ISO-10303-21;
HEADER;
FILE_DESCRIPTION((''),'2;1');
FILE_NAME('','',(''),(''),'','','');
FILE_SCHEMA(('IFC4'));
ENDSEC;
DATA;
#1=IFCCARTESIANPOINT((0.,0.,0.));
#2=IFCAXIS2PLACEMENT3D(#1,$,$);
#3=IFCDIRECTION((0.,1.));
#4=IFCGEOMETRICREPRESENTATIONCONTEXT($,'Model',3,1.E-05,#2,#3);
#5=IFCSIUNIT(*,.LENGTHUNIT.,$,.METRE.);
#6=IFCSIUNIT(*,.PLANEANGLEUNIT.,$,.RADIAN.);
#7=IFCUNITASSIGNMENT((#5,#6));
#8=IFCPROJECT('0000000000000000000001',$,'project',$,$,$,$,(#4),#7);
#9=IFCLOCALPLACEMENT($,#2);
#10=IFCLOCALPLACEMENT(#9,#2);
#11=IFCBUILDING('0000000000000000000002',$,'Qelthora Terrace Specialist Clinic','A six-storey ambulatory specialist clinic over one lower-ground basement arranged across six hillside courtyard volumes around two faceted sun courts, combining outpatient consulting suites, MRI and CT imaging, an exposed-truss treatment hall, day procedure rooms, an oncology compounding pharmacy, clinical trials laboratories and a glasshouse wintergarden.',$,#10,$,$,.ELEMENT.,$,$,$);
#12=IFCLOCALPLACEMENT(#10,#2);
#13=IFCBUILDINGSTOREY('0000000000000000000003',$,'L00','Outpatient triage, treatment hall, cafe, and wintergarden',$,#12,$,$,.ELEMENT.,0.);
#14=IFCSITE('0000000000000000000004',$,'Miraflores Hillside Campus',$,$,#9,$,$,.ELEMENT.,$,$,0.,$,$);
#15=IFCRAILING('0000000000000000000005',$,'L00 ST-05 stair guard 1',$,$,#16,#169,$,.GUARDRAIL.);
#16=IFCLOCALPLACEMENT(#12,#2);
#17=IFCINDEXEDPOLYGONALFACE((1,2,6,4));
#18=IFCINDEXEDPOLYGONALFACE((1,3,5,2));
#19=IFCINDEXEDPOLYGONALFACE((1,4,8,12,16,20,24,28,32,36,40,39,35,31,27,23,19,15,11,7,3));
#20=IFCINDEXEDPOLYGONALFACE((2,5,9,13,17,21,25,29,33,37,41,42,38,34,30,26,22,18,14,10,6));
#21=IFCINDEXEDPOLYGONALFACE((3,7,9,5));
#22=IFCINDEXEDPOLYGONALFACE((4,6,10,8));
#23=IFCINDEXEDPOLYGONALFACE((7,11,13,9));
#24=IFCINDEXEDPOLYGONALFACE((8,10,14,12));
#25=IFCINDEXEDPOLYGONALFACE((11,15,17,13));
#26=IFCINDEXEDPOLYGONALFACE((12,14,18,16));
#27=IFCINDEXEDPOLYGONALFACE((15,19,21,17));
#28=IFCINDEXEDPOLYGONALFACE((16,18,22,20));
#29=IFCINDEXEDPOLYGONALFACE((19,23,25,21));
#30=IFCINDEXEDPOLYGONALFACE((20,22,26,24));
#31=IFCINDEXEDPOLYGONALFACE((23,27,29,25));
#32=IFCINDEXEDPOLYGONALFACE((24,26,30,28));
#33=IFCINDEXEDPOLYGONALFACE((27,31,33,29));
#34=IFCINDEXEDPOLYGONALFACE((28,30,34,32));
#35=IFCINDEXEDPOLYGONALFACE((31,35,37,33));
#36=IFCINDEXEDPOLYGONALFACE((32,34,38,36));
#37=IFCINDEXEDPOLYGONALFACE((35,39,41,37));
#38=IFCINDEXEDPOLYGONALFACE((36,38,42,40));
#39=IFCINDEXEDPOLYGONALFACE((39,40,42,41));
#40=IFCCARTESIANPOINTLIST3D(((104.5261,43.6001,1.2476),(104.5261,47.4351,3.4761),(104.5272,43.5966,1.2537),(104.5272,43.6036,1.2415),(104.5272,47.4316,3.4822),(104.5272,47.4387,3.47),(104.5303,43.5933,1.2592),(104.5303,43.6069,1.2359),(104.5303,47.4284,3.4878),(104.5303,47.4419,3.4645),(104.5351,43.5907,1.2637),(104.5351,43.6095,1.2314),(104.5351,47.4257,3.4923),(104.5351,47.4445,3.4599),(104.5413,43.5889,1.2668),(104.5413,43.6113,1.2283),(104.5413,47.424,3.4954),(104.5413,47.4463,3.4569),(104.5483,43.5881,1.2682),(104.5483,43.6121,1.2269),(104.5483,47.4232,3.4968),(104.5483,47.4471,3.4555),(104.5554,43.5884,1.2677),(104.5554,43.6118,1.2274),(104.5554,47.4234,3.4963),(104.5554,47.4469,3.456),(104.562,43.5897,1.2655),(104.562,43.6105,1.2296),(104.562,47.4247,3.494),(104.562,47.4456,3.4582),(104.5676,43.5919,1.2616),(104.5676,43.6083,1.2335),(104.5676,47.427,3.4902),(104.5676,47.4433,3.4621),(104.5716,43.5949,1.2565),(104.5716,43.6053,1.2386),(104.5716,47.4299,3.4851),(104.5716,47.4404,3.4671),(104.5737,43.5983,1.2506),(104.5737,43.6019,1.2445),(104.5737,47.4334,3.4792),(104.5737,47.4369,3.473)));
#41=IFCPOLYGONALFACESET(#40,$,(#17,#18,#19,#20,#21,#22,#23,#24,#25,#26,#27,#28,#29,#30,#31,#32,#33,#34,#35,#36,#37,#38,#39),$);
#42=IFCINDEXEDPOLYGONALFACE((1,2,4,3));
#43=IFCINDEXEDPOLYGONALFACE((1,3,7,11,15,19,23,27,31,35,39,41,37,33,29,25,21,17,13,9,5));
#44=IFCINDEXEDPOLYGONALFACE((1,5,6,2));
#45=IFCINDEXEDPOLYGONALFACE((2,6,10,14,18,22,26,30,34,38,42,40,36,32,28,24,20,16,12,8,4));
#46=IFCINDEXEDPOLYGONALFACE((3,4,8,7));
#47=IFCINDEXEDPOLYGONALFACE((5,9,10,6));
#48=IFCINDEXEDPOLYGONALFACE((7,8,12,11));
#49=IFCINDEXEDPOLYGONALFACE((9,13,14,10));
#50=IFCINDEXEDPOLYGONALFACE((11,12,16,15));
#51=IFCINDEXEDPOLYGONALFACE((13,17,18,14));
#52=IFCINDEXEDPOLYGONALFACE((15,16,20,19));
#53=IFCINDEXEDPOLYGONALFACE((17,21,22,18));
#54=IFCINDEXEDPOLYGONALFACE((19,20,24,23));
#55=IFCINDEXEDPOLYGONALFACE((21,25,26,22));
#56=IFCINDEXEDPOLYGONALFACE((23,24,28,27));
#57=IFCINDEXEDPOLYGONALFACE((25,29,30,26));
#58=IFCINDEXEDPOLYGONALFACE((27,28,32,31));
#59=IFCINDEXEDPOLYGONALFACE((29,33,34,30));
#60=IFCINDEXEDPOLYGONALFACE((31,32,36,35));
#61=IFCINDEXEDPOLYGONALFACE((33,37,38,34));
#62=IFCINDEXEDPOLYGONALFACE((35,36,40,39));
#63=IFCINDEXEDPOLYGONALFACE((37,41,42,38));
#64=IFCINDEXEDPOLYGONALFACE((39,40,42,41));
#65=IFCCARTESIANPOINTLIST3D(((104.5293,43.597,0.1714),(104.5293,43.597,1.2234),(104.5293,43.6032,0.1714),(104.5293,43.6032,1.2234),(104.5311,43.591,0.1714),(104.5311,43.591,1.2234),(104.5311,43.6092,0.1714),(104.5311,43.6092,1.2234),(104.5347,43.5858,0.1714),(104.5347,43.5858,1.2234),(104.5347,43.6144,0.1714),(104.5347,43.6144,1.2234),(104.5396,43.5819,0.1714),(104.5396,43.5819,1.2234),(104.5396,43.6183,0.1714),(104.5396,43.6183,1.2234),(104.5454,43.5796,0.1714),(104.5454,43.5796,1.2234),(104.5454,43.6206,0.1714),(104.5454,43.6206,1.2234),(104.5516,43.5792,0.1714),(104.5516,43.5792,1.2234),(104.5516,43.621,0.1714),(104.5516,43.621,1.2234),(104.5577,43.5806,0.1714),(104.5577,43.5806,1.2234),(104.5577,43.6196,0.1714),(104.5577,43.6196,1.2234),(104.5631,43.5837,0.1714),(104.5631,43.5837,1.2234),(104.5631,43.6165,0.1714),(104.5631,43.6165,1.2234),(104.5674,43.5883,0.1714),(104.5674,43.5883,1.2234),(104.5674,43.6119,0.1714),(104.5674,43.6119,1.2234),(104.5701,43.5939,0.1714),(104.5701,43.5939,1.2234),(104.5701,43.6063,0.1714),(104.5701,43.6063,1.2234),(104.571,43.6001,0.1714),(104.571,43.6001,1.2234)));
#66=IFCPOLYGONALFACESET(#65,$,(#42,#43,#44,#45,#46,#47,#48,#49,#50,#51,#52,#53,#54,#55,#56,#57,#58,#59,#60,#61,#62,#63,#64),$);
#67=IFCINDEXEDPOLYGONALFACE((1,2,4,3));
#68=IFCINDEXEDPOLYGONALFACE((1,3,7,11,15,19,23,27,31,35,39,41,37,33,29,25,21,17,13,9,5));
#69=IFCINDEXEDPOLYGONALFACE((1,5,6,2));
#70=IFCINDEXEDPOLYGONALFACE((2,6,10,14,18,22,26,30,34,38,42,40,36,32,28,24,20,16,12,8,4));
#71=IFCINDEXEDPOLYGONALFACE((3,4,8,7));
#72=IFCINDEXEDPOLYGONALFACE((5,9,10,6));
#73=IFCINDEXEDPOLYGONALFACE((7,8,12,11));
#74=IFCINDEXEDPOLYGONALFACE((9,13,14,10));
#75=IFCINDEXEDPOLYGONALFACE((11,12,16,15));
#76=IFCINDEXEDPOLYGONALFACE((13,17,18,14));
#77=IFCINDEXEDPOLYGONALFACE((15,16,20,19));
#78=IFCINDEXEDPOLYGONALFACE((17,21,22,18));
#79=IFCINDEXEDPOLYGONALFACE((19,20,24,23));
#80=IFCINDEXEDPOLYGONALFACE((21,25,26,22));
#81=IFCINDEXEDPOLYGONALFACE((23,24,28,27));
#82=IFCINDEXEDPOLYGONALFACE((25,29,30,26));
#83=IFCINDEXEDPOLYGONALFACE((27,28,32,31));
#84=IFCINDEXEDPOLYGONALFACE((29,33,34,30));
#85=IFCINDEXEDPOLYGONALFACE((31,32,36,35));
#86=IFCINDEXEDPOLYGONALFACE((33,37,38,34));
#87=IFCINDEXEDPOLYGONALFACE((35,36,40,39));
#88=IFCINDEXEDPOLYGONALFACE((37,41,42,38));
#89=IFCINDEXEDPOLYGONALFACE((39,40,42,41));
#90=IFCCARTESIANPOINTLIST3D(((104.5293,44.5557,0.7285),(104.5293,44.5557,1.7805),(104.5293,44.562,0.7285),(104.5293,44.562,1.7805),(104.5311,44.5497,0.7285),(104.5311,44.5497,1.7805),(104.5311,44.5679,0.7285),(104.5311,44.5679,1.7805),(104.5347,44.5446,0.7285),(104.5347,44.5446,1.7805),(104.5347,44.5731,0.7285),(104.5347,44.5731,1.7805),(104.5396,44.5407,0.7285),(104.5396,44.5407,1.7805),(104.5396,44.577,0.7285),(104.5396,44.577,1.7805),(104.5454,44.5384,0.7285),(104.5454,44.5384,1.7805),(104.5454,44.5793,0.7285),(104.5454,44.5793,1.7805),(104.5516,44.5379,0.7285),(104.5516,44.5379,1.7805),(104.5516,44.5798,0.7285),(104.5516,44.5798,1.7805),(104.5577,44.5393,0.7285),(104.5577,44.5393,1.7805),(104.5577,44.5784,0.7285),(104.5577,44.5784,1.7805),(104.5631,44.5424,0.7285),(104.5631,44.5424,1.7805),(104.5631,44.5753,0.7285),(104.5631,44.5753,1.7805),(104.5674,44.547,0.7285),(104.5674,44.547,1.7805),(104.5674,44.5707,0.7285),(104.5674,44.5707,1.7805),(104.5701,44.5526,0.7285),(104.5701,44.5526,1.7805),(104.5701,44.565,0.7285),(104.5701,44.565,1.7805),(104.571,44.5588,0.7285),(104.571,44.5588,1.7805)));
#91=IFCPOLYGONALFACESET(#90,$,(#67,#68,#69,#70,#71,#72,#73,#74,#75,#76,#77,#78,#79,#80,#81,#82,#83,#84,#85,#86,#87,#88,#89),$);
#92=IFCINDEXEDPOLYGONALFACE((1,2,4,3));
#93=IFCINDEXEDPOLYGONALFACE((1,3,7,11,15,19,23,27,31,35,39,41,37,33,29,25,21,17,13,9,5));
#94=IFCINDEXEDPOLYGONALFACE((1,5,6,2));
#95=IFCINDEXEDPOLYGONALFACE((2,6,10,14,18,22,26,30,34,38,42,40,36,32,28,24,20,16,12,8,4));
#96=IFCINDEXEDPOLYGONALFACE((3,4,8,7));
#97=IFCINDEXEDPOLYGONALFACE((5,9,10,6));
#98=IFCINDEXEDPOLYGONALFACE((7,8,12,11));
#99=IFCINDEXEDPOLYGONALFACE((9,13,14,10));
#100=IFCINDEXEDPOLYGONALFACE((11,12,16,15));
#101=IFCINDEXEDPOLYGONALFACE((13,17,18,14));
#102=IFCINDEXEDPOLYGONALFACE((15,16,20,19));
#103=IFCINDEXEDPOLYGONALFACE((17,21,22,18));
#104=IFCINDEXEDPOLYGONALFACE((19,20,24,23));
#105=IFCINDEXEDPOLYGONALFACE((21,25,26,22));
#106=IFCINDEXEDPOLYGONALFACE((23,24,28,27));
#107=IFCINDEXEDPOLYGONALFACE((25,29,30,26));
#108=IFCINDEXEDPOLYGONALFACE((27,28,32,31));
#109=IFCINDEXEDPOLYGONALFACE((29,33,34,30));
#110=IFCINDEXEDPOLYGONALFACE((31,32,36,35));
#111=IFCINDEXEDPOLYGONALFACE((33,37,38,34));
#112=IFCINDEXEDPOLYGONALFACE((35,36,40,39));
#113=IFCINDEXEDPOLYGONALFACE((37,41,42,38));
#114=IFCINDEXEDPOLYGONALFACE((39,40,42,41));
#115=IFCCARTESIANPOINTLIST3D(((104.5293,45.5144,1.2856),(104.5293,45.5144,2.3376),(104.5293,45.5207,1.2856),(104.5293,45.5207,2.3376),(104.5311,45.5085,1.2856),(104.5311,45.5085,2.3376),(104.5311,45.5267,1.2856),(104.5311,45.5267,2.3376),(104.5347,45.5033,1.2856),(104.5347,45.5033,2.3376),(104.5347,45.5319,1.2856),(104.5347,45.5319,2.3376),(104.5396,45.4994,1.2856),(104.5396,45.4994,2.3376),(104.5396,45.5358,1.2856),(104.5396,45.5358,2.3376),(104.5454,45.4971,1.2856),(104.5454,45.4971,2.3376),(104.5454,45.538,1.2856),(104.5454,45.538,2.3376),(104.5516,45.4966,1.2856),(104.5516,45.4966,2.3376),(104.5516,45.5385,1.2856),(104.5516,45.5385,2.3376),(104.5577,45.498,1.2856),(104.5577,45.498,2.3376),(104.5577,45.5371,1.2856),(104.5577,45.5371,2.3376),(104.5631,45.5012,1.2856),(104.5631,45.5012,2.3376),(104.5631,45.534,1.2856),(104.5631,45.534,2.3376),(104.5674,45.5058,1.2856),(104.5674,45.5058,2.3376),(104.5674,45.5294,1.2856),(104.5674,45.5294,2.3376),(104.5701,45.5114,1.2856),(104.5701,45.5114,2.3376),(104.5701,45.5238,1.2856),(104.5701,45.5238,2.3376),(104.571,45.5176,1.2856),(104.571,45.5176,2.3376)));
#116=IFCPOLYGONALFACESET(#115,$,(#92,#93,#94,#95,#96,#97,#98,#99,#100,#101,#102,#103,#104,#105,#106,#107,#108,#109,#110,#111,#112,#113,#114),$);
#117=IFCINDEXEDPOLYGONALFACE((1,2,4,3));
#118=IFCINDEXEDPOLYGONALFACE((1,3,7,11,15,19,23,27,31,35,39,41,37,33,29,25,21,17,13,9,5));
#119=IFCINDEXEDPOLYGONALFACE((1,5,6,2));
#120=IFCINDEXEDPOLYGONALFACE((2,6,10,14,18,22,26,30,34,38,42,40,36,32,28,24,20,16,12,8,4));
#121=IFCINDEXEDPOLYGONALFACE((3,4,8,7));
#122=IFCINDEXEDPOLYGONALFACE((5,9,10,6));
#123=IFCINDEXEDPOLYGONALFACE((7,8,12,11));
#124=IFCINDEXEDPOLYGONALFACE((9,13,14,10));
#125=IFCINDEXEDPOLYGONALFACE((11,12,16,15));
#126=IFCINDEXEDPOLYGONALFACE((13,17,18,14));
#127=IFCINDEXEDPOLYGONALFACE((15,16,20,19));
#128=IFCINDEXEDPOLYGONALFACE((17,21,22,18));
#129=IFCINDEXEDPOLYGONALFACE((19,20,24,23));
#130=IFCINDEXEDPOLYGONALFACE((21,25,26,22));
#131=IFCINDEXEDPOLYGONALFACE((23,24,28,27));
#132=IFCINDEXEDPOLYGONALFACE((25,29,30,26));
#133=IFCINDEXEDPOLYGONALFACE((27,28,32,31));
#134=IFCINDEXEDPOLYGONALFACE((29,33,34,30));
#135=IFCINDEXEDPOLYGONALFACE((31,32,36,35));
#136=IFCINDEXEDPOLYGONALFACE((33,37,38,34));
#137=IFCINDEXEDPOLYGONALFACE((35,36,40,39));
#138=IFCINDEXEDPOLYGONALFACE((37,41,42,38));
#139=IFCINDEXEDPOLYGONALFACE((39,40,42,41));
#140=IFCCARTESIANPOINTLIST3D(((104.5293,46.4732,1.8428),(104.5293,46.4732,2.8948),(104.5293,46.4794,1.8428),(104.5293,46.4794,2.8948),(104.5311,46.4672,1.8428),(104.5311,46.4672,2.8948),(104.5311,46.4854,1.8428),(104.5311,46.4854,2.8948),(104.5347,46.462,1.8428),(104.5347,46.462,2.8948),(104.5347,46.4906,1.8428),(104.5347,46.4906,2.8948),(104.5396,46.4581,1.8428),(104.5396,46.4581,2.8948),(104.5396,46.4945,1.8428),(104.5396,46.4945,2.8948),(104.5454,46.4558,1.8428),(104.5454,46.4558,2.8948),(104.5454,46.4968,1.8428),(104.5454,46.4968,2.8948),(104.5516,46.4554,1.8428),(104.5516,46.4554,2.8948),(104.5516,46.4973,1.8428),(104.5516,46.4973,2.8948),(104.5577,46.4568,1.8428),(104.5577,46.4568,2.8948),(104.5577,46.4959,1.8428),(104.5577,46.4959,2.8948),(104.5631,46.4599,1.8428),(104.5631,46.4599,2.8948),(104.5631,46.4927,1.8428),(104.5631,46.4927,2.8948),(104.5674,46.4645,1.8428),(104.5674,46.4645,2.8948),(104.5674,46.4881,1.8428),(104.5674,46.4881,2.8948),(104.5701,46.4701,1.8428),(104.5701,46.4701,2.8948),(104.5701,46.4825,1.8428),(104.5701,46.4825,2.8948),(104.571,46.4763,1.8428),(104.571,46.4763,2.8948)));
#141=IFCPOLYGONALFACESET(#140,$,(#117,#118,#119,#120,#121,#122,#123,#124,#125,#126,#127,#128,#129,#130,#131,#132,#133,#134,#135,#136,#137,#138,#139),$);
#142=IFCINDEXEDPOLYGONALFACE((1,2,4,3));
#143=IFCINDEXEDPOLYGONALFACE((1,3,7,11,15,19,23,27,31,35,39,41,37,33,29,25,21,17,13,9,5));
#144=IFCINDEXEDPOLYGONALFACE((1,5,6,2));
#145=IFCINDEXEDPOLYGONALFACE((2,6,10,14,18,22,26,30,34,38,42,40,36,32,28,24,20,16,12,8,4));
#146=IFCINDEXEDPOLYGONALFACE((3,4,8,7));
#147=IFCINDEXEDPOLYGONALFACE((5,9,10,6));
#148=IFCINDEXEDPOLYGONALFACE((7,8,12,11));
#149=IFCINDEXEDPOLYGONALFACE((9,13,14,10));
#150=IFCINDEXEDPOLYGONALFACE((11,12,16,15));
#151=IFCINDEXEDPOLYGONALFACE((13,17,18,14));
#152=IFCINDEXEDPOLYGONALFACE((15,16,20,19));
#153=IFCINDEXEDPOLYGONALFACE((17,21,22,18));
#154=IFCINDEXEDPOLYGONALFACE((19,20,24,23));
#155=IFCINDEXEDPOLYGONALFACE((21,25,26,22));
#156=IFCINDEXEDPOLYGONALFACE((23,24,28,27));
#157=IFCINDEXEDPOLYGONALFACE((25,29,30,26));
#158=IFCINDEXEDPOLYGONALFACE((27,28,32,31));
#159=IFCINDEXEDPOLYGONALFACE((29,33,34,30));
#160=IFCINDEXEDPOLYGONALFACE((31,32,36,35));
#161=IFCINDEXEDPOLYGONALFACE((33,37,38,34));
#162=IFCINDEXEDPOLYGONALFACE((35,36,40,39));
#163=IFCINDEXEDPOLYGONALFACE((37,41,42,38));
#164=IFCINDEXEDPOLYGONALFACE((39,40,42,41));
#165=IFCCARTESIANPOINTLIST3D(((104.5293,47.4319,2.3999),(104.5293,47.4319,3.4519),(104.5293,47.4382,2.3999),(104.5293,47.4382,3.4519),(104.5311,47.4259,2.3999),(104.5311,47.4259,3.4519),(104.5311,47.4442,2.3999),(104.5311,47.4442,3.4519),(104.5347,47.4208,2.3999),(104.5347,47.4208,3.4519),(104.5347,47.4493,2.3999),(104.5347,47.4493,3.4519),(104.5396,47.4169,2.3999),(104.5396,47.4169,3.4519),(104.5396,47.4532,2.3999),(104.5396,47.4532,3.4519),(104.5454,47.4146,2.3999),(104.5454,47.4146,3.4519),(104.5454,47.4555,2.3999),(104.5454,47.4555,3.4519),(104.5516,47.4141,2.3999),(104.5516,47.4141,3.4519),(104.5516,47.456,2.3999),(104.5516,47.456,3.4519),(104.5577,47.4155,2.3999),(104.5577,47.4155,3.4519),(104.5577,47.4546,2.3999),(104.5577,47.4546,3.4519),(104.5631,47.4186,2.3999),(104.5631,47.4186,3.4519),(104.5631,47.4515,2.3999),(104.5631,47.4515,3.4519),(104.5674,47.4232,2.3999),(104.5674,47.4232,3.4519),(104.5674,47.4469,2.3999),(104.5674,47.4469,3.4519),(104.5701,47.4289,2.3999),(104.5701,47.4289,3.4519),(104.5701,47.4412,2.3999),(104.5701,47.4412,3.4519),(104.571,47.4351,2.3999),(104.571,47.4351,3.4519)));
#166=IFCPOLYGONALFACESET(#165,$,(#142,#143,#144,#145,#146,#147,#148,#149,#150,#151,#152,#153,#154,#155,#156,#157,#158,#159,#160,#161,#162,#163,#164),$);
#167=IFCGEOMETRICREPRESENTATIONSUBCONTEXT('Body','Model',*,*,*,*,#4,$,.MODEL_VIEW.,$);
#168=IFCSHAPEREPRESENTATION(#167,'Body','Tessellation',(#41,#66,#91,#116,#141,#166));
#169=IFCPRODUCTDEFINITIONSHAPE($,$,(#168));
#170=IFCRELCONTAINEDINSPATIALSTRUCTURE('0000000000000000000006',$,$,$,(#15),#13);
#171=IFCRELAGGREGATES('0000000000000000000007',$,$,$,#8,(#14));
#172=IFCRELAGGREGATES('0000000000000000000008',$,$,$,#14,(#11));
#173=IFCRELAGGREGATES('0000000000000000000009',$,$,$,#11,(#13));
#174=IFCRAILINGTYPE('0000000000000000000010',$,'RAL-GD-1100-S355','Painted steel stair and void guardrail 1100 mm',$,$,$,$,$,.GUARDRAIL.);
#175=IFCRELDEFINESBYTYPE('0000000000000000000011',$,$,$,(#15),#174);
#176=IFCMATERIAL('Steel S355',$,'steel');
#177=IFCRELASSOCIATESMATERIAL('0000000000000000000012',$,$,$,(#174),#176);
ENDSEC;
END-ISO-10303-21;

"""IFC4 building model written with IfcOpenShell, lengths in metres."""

from ifc_helpers import new_model, si_unit, direction, frame, origin, origin_2d, place, context, subcontext, project, spatial, circle, extrude, material, type_object, element, save


model = new_model("IFC4")

# Units and contexts
model_context = context("Model", 3, precision=1e-05, world=origin(), true_north=direction((0.0, 1.0)))
body_context = subcontext(model_context, "Body", "Model", "MODEL_VIEW")
ifc_project = project(units=[si_unit("LENGTHUNIT", "METRE"), si_unit("PLANEANGLEUNIT", "RADIAN")], contexts=[model_context])

# Site, building, storey
site_placement = place(None, origin())
site = spatial("IfcSite", under=ifc_project, at=site_placement, Name="Miraflores Hillside Campus", CompositionType="ELEMENT", RefElevation=0.0)
building_placement = place(site_placement, origin())
building = spatial("IfcBuilding", under=site, at=building_placement, Name="Qelthora Terrace Specialist Clinic", Description="A six-storey ambulatory specialist clinic over one lower-ground basement arranged across six hillside courtyard volumes around two faceted sun courts, combining outpatient consulting suites, MRI and CT imaging, an exposed-truss treatment hall, day procedure rooms, an oncology compounding pharmacy, clinical trials laboratories and a glasshouse wintergarden.", CompositionType="ELEMENT")
storey_placement = place(building_placement, origin())
storey = spatial("IfcBuildingStorey", under=building, at=storey_placement, Name="L00", Description="Outpatient triage, treatment hall, cafe, and wintergarden", CompositionType="ELEMENT", Elevation=0.0)

# Shared definitions
ifc_material_1 = material(Name="Steel S355", Category="steel")

# Railing
railing_type = type_object("IfcRailingType", Name="RAL-GD-1100-S355", Description="Painted steel stair and void guardrail 1100 mm", PredefinedType="GUARDRAIL", material=ifc_material_1)
railing_1_placement = place(storey_placement, frame((104.55, 43.6001, 0.1714)))
element("IfcRailing", 1, at=railing_1_placement, inside=storey, type_object=railing_type, Name="L00 ST-05 stair guard 1", PredefinedType="GUARDRAIL", context=body_context, shape_type="SweptSolid", body=[
    extrude(circle(Radius=0.0239, at=origin_2d()), frame((0.0, 0.0, 1.0762), z_axis=(0.0, 0.864616, 0.502433), x_axis=(-1.0, 0.0, 0.0)), (0.0, 0.0, 1.0), 4.4355),
    extrude(circle(Radius=0.021, at=origin_2d()), origin(), (0.0, 0.0, 1.0), 1.052),
    extrude(circle(Radius=0.021, at=origin_2d()), frame((0.0, 0.9587, 0.5571)), (0.0, 0.0, 1.0), 1.052),
    extrude(circle(Radius=0.021, at=origin_2d()), frame((0.0, 1.9175, 1.1143)), (0.0, 0.0, 1.0), 1.052),
    extrude(circle(Radius=0.021, at=origin_2d()), frame((0.0, 2.8762, 1.6714)), (0.0, 0.0, 1.0), 1.052),
    extrude(circle(Radius=0.021, at=origin_2d()), frame((0.0, 3.835, 2.2285)), (0.0, 0.0, 1.0), 1.052),
])

save(model, "model.ifc")
